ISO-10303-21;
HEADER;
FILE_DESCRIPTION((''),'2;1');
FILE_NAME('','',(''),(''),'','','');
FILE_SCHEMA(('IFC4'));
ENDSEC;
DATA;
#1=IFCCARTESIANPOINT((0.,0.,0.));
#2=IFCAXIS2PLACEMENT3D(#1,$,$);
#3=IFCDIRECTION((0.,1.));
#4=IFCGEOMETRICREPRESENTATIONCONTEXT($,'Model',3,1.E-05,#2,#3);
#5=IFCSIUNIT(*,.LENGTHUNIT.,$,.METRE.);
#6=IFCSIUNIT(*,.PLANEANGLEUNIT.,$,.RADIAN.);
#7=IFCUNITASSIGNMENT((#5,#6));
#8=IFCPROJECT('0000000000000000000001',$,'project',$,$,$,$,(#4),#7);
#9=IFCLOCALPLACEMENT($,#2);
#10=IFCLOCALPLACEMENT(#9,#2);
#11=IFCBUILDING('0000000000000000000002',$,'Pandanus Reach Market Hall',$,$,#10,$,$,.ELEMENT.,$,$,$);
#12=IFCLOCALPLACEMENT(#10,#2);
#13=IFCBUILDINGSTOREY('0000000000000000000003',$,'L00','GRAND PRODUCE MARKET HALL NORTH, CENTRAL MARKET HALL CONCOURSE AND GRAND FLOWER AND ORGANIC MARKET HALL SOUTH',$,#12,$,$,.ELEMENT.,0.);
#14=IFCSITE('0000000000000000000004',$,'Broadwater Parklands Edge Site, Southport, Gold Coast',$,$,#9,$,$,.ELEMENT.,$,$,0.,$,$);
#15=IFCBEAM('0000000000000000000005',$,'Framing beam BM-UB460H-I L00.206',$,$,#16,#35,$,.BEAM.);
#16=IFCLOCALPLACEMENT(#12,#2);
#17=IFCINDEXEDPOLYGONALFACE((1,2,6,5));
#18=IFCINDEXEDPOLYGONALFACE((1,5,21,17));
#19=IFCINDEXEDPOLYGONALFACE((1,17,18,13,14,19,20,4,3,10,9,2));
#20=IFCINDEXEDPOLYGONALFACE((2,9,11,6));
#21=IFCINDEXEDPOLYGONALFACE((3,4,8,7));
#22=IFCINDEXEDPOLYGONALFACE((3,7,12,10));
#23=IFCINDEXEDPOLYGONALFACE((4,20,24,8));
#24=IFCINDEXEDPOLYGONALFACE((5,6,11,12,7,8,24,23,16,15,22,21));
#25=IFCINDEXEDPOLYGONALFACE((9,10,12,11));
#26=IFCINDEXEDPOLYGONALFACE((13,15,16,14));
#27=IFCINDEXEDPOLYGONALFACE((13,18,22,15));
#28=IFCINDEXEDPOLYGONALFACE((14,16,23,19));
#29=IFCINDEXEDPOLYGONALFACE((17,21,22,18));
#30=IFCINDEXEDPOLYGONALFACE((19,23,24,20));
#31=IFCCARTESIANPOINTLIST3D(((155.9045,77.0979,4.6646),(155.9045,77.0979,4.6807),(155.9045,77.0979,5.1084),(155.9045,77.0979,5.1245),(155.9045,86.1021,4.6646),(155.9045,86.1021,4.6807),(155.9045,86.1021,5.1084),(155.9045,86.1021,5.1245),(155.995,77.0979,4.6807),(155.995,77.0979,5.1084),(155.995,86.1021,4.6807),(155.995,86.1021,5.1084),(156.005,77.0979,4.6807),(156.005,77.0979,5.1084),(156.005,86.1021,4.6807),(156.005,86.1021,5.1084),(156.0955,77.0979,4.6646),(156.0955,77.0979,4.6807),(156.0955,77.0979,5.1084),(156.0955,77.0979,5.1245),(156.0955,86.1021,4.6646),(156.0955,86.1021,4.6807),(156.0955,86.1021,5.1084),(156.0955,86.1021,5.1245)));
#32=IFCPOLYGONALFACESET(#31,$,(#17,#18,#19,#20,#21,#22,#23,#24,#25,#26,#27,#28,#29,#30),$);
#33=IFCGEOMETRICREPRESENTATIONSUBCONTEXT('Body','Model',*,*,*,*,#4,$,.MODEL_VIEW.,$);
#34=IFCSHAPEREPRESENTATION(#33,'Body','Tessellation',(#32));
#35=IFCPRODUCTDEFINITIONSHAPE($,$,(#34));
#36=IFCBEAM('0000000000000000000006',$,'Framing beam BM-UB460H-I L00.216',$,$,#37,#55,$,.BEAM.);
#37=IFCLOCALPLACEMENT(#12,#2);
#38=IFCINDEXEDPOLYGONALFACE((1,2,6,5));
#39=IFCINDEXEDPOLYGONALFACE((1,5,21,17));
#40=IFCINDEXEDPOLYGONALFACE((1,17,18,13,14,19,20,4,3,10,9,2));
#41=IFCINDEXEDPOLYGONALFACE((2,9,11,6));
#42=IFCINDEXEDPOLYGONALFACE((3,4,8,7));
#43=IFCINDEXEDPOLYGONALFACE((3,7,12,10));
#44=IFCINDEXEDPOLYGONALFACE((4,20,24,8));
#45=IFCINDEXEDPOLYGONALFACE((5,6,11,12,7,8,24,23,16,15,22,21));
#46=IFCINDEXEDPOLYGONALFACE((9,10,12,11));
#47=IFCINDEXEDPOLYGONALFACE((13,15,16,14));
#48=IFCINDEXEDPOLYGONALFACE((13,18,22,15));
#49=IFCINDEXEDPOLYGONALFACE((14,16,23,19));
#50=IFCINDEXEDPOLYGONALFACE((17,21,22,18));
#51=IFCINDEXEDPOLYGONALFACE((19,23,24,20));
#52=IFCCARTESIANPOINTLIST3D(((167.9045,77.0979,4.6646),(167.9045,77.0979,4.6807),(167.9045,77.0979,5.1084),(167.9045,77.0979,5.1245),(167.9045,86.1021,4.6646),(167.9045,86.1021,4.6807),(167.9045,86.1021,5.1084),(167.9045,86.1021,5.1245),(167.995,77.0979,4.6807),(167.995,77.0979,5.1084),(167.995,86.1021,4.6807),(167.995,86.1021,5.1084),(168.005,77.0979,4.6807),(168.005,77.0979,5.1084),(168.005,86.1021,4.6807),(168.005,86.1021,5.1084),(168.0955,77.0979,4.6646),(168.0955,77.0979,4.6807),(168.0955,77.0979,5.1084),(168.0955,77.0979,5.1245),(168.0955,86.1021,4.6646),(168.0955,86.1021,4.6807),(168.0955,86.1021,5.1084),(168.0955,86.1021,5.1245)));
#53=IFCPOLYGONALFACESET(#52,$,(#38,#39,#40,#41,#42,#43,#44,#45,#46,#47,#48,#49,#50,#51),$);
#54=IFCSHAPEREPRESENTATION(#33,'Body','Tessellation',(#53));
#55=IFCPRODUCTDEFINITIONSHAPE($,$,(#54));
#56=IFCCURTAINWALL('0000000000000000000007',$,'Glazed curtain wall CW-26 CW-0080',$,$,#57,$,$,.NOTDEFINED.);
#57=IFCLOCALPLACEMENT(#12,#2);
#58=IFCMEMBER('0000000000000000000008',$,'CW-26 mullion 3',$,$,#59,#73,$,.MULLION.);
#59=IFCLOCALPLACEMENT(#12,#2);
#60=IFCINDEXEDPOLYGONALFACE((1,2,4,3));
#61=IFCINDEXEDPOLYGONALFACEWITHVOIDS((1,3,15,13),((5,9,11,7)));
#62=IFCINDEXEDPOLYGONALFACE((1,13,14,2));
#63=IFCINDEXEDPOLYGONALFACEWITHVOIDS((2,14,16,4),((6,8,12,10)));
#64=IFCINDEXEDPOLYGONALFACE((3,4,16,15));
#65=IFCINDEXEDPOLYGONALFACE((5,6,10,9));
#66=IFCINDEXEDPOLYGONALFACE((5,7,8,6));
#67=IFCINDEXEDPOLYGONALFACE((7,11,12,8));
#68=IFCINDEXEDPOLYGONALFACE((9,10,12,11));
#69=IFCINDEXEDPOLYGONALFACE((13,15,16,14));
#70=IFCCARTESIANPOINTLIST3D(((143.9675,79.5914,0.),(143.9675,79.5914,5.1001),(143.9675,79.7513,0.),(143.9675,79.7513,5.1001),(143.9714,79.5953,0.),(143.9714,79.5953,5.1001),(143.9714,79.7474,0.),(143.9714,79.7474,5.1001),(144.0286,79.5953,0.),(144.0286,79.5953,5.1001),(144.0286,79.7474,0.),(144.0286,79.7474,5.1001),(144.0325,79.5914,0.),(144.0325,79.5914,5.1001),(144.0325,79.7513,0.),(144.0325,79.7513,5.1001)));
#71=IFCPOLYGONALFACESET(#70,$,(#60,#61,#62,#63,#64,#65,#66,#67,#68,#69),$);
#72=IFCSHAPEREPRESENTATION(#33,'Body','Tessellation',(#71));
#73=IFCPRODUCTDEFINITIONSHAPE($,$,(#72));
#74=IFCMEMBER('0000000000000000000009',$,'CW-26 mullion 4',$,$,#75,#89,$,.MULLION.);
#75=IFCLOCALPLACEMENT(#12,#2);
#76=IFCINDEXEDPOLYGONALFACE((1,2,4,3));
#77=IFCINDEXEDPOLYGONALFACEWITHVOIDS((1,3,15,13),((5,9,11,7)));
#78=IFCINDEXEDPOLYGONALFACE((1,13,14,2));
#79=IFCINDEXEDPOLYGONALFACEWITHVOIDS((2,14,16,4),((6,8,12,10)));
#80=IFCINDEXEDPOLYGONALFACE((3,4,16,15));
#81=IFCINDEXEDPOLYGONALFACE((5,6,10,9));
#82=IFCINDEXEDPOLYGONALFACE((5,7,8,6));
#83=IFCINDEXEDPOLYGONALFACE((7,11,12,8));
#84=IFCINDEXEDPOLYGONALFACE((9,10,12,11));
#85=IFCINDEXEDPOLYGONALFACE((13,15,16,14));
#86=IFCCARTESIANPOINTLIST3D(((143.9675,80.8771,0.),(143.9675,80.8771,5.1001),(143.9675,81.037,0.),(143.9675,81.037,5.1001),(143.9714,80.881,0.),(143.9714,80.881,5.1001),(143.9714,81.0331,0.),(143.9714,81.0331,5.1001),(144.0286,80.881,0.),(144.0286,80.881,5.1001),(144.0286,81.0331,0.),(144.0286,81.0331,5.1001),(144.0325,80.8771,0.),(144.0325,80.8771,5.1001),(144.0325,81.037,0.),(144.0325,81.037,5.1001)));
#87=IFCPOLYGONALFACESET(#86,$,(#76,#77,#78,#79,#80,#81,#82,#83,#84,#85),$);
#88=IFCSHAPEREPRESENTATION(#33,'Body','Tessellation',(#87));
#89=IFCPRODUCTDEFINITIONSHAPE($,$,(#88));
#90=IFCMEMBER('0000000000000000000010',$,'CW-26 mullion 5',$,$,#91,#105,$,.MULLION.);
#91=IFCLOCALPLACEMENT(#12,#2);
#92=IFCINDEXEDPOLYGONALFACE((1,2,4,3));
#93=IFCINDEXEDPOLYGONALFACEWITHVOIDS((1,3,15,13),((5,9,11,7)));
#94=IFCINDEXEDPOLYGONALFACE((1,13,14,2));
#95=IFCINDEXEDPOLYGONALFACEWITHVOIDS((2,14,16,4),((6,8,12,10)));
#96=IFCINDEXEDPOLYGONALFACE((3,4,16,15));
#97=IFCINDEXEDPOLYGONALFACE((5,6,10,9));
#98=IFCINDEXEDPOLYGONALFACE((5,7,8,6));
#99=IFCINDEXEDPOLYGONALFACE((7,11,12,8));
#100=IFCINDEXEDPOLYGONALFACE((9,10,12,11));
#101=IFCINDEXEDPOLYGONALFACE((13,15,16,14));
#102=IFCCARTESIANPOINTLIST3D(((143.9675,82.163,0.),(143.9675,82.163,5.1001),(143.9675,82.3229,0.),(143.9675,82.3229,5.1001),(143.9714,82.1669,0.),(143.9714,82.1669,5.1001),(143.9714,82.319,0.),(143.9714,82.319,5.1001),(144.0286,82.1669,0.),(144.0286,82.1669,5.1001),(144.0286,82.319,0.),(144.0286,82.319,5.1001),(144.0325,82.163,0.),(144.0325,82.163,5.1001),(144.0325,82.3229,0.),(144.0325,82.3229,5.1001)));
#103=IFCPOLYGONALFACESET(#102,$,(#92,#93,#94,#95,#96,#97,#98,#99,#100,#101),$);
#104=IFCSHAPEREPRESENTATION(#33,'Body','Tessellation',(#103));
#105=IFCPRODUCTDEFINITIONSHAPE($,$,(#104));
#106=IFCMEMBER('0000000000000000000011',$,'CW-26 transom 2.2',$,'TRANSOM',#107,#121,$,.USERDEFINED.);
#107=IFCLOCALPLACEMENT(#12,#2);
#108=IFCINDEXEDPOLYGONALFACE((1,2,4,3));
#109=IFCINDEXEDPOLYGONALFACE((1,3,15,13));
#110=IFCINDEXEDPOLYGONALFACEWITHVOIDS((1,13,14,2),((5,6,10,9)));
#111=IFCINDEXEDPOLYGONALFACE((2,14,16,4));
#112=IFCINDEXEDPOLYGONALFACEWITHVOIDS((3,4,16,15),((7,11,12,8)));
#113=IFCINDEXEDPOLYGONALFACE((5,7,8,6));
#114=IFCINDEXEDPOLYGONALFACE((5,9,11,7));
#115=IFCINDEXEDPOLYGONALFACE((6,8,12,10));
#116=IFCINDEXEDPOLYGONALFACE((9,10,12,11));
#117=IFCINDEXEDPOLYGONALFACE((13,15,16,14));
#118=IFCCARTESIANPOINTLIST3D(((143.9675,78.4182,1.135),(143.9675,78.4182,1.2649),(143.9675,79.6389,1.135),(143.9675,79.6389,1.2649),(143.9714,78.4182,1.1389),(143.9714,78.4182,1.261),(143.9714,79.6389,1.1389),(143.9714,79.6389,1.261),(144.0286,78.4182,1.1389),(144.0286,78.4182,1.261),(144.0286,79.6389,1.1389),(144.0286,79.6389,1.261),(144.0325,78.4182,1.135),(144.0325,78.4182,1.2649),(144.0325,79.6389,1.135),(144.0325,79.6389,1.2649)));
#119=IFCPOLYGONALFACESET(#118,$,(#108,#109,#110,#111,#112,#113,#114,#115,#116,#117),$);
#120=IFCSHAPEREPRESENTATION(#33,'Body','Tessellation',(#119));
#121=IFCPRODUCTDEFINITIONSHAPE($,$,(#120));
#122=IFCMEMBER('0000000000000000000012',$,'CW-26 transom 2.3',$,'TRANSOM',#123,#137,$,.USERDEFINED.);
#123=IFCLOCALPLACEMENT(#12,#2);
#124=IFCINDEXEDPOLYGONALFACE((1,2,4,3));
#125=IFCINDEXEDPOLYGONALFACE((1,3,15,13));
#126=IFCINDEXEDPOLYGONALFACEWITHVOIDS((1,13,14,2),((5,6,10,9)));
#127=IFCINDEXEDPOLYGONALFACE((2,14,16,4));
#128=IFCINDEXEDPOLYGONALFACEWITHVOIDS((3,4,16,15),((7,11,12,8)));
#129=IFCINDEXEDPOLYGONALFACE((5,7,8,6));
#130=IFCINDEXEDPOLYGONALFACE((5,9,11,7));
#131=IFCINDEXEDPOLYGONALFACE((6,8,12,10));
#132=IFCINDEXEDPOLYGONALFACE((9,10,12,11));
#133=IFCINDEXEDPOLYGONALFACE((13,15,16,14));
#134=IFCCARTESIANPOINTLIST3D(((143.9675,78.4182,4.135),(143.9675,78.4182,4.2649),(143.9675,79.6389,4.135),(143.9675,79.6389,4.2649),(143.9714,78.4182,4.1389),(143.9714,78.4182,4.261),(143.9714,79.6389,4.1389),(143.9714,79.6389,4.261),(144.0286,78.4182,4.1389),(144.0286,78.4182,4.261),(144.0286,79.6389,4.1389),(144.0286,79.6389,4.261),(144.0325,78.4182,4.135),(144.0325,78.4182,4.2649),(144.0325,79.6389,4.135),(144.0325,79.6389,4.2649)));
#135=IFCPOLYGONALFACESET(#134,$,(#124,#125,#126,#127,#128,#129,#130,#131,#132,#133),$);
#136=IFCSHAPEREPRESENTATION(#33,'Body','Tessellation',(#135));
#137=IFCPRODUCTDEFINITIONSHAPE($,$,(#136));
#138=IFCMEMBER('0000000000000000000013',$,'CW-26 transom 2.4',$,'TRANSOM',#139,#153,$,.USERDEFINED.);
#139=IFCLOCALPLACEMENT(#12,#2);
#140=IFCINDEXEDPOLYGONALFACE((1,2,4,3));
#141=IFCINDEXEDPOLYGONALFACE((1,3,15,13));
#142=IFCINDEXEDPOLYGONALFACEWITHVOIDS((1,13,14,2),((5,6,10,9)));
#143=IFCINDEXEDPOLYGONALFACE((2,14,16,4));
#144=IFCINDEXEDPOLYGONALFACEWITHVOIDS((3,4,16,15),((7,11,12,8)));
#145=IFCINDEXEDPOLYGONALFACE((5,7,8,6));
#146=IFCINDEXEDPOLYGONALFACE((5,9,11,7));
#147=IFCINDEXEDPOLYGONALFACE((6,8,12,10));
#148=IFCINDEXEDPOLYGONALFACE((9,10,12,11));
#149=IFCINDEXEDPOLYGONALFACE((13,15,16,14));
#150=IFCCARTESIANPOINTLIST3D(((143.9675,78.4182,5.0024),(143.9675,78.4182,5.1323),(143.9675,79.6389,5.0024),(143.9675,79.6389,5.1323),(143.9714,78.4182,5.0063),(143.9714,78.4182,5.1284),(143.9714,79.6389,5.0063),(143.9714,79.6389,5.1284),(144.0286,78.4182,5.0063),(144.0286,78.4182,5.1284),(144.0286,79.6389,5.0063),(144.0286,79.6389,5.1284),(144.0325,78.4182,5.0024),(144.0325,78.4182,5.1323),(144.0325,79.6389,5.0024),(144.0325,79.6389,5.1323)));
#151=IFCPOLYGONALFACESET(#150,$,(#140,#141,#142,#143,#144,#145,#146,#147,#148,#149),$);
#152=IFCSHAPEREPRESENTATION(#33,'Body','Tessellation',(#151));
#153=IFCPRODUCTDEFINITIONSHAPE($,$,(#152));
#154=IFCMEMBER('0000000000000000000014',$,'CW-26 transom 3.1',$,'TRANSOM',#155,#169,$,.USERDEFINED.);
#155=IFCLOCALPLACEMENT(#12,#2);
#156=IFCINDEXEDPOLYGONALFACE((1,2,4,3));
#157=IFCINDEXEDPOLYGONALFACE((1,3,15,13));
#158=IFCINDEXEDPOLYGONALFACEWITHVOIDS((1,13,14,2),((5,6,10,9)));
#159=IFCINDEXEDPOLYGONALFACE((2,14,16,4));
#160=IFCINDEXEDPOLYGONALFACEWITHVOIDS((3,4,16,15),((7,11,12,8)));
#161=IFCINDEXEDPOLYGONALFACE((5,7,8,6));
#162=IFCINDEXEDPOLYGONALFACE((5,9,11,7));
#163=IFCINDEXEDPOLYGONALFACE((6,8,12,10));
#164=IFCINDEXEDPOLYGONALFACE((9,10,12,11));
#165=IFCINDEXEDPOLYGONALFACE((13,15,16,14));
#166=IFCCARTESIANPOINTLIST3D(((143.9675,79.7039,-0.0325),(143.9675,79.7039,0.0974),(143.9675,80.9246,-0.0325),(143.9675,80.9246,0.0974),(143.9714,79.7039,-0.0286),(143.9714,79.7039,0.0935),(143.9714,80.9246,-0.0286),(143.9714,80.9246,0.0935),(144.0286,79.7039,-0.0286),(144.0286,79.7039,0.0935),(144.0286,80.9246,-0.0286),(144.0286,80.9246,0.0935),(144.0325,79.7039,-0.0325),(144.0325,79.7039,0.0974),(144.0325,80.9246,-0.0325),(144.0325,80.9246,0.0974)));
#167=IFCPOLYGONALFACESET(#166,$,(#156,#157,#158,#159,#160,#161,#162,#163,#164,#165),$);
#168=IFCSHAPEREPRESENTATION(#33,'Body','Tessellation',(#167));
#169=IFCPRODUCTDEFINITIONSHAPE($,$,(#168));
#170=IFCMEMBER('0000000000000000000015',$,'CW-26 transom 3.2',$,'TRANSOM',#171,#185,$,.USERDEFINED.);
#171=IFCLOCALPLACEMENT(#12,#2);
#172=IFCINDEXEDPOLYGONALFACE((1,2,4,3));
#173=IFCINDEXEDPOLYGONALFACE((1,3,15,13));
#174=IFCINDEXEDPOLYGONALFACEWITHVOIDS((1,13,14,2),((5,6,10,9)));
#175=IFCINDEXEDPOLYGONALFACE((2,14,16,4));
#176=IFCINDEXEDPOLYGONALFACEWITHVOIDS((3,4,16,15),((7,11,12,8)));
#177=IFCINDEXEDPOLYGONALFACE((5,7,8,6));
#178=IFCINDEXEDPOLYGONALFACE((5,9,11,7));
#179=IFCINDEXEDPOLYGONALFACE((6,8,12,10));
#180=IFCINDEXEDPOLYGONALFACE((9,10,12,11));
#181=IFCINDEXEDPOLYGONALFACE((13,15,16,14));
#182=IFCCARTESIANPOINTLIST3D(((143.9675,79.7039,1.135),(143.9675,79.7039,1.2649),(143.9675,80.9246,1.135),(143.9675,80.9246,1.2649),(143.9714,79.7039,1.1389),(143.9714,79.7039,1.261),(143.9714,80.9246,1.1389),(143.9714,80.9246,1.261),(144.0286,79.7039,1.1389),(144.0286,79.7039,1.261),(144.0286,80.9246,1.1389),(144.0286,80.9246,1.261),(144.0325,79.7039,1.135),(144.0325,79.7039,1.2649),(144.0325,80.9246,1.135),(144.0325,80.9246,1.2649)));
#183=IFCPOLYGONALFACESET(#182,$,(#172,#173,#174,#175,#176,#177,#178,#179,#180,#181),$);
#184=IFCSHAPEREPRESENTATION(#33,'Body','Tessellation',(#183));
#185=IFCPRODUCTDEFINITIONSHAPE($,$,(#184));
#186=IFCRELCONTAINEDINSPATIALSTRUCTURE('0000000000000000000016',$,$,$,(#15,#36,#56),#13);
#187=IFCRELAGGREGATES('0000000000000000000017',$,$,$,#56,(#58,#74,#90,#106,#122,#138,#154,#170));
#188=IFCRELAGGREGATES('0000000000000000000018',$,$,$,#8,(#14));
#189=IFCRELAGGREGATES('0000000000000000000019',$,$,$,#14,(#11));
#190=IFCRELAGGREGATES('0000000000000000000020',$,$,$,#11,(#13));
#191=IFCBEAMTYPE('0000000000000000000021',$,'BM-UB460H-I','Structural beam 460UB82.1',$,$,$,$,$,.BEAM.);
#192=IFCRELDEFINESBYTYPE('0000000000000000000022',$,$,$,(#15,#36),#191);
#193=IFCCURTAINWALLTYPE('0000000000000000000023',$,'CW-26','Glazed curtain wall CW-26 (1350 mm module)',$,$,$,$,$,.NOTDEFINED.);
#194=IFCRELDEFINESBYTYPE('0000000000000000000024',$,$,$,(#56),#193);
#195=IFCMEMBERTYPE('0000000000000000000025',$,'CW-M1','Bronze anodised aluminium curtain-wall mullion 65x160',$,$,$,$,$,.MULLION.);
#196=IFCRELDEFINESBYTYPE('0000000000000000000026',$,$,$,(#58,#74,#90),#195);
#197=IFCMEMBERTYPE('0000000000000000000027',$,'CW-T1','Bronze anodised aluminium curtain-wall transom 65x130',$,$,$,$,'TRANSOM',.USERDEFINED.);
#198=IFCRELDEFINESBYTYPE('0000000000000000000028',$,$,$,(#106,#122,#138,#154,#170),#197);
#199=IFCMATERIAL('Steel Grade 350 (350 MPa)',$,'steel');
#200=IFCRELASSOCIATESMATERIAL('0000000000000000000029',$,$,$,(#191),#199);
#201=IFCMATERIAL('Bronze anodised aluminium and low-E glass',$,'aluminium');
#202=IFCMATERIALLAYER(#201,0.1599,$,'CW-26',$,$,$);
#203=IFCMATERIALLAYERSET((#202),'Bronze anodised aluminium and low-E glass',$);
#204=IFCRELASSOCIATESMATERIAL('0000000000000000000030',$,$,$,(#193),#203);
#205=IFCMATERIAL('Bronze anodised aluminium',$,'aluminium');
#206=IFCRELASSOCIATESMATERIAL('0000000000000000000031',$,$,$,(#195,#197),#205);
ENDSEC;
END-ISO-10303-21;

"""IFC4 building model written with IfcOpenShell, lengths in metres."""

from ifc_helpers import new_model, si_unit, direction, frame, origin, origin_2d, place, context, subcontext, project, spatial, hollow_rectangle, i_section, extrude, material, layer, layer_set, material_profile, profile_set, type_object, element, aggregate, save


model = new_model("IFC4")

# Units and contexts
model_context = context("Model", 3, precision=1e-05, world=origin(), true_north=direction((0.0, 1.0)))
body_context = subcontext(model_context, "Body", "Model", "MODEL_VIEW")
ifc_project = project(units=[si_unit("LENGTHUNIT", "METRE"), si_unit("PLANEANGLEUNIT", "RADIAN")], contexts=[model_context])

# Site, building, storey
site_placement = place(None, origin())
site = spatial("IfcSite", under=ifc_project, at=site_placement, Name="Broadwater Parklands Edge Site, Southport, Gold Coast", CompositionType="ELEMENT", RefElevation=0.0)
building_placement = place(site_placement, origin())
building = spatial("IfcBuilding", under=site, at=building_placement, Name="Pandanus Reach Market Hall", CompositionType="ELEMENT")
storey_placement = place(building_placement, origin())
storey = spatial("IfcBuildingStorey", under=building, at=storey_placement, Name="L00", Description="GRAND PRODUCE MARKET HALL NORTH, CENTRAL MARKET HALL CONCOURSE AND GRAND FLOWER AND ORGANIC MARKET HALL SOUTH", CompositionType="ELEMENT", Elevation=0.0)

# Beams
ifc_material_1 = material(Name="Steel Grade 350 (350 MPa)", Category="steel")
ifc_material_profile_1 = material_profile(ifc_material_1, i_section(OverallWidth=0.1909, OverallDepth=0.46, WebThickness=0.01, FlangeThickness=0.0161, at=origin_2d()), Name="460UB82.1", Category="LoadBearing")
ifc_profile_set_1 = profile_set([ifc_material_profile_1], Name="Steel Grade 350 (350 MPa)")
beam_type_1 = type_object("IfcBeamType", Name="BM-UB460H-I", Description="Structural beam 460UB82.1", PredefinedType="BEAM", material=ifc_profile_set_1)
for number, where, z_axis, x_axis, name in (
    (1, (156.0, 77.0979, 4.8945), (0.0, 1.0, 0.0), (-1.0, 0.0, 0.0), "Framing beam BM-UB460H-I L00.206"),
    (2, (168.0, 77.0979, 4.8945), (0.0, 1.0, 0.0), (-1.0, 0.0, 0.0), "Framing beam BM-UB460H-I L00.216"),
):
    element("IfcBeam", number, at=place(storey_placement, frame(where, z_axis=z_axis, x_axis=x_axis)), inside=storey, type_object=beam_type_1, Name=name, PredefinedType="BEAM", context=body_context, shape_type="SweptSolid", body=[
        extrude(i_section(OverallWidth=0.1909, OverallDepth=0.46, WebThickness=0.01, FlangeThickness=0.0161, at=origin_2d()), origin(), (0.0, 0.0, 1.0), 9.0042),
    ])

# Curtain wall, members
ifc_material_2 = material(Name="Bronze anodised aluminium and low-E glass", Category="aluminium")
ifc_layer_1 = layer(ifc_material_2, 0.1599, Name="CW-26")
ifc_layer_set_1 = layer_set([ifc_layer_1], Name="Bronze anodised aluminium and low-E glass")
curtain_wall_type = type_object("IfcCurtainWallType", Name="CW-26", Description="Glazed curtain wall CW-26 (1350 mm module)", PredefinedType="NOTDEFINED", material=ifc_layer_set_1)
curtain_wall_placement = place(storey_placement, origin())
curtain_wall = element("IfcCurtainWall", 3, at=curtain_wall_placement, inside=storey, type_object=curtain_wall_type, Name="Glazed curtain wall CW-26 CW-0080", PredefinedType="NOTDEFINED")
ifc_material_3 = material(Name="Bronze anodised aluminium", Category="aluminium")
ifc_material_profile_2 = material_profile(ifc_material_3, hollow_rectangle(XDim=0.0649, YDim=0.1599, WallThickness=0.0039, at=origin_2d()), Name="ALU65x160", Category="LoadBearing")
ifc_profile_set_2 = profile_set([ifc_material_profile_2], Name="Bronze anodised aluminium")
member_type_1 = type_object("IfcMemberType", Name="CW-M1", Description="Bronze anodised aluminium curtain-wall mullion 65x160", PredefinedType="MULLION", material=ifc_profile_set_2)
member_1_placement = place(storey_placement, frame((144.0, 79.6714, 0.0), z_axis=(0.0, 0.0, 1.0), x_axis=(-1.0, 0.0, 0.0)))
member_1 = element("IfcMember", 4, at=member_1_placement, type_object=member_type_1, Name="CW-26 mullion 3", PredefinedType="MULLION", context=body_context, shape_type="SweptSolid", body=[
    extrude(hollow_rectangle(XDim=0.0649, YDim=0.1599, WallThickness=0.0039, at=origin_2d()), origin(), (0.0, 0.0, 1.0), 5.1001),
])
member_2_placement = place(storey_placement, frame((144.0, 80.957, 0.0), z_axis=(0.0, 0.0, 1.0), x_axis=(-1.0, 0.0, 0.0)))
member_2 = element("IfcMember", 5, at=member_2_placement, type_object=member_type_1, Name="CW-26 mullion 4", PredefinedType="MULLION", context=body_context, shape_type="SweptSolid", body=[
    extrude(hollow_rectangle(XDim=0.0649, YDim=0.1599, WallThickness=0.0039, at=origin_2d()), origin(), (0.0, 0.0, 1.0), 5.1001),
])
member_3_placement = place(storey_placement, frame((144.0, 82.2429, 0.0), z_axis=(0.0, 0.0, 1.0), x_axis=(-1.0, 0.0, 0.0)))
member_3 = element("IfcMember", 6, at=member_3_placement, type_object=member_type_1, Name="CW-26 mullion 5", PredefinedType="MULLION", context=body_context, shape_type="SweptSolid", body=[
    extrude(hollow_rectangle(XDim=0.0649, YDim=0.1599, WallThickness=0.0039, at=origin_2d()), origin(), (0.0, 0.0, 1.0), 5.1001),
])
ifc_material_profile_3 = material_profile(ifc_material_3, hollow_rectangle(XDim=0.0649, YDim=0.1299, WallThickness=0.0039, at=origin_2d()), Name="ALU65x130", Category="LoadBearing")
ifc_profile_set_3 = profile_set([ifc_material_profile_3], Name="Bronze anodised aluminium")
member_type_2 = type_object("IfcMemberType", Name="CW-T1", Description="Bronze anodised aluminium curtain-wall transom 65x130", ElementType="TRANSOM", PredefinedType="USERDEFINED", material=ifc_profile_set_3)
member_4_placement = place(storey_placement, frame((144.0, 78.4182, 1.2), z_axis=(0.0, 1.0, 0.0), x_axis=(-1.0, 0.0, 0.0)))
member_4 = element("IfcMember", 7, at=member_4_placement, type_object=member_type_2, Name="CW-26 transom 2.2", ObjectType="TRANSOM", PredefinedType="USERDEFINED", context=body_context, shape_type="SweptSolid", body=[
    extrude(hollow_rectangle(XDim=0.0649, YDim=0.1299, WallThickness=0.0039, at=origin_2d()), origin(), (0.0, 0.0, 1.0), 1.2207),
])
member_5_placement = place(storey_placement, frame((144.0, 78.4182, 4.2), z_axis=(0.0, 1.0, 0.0), x_axis=(-1.0, 0.0, 0.0)))
member_5 = element("IfcMember", 8, at=member_5_placement, type_object=member_type_2, Name="CW-26 transom 2.3", ObjectType="TRANSOM", PredefinedType="USERDEFINED", context=body_context, shape_type="SweptSolid", body=[
    extrude(hollow_rectangle(XDim=0.0649, YDim=0.1299, WallThickness=0.0039, at=origin_2d()), origin(), (0.0, 0.0, 1.0), 1.2207),
])
member_6_placement = place(storey_placement, frame((144.0, 78.4182, 5.0674), z_axis=(0.0, 1.0, 0.0), x_axis=(-1.0, 0.0, 0.0)))
member_6 = element("IfcMember", 9, at=member_6_placement, type_object=member_type_2, Name="CW-26 transom 2.4", ObjectType="TRANSOM", PredefinedType="USERDEFINED", context=body_context, shape_type="SweptSolid", body=[
    extrude(hollow_rectangle(XDim=0.0649, YDim=0.1299, WallThickness=0.0039, at=origin_2d()), origin(), (0.0, 0.0, 1.0), 1.2207),
])
member_7_placement = place(storey_placement, frame((144.0, 79.7039, 0.0325), z_axis=(0.0, 1.0, 0.0), x_axis=(-1.0, 0.0, 0.0)))
member_7 = element("IfcMember", 10, at=member_7_placement, type_object=member_type_2, Name="CW-26 transom 3.1", ObjectType="TRANSOM", PredefinedType="USERDEFINED", context=body_context, shape_type="SweptSolid", body=[
    extrude(hollow_rectangle(XDim=0.0649, YDim=0.1299, WallThickness=0.0039, at=origin_2d()), origin(), (0.0, 0.0, 1.0), 1.2207),
])
member_8_placement = place(storey_placement, frame((144.0, 79.7039, 1.2), z_axis=(0.0, 1.0, 0.0), x_axis=(-1.0, 0.0, 0.0)))
member_8 = element("IfcMember", 11, at=member_8_placement, type_object=member_type_2, Name="CW-26 transom 3.2", ObjectType="TRANSOM", PredefinedType="USERDEFINED", context=body_context, shape_type="SweptSolid", body=[
    extrude(hollow_rectangle(XDim=0.0649, YDim=0.1299, WallThickness=0.0039, at=origin_2d()), origin(), (0.0, 0.0, 1.0), 1.2207),
])

aggregate(curtain_wall, [member_1, member_2, member_3, member_4, member_5, member_6, member_7, member_8])

save(model, "model.ifc")
